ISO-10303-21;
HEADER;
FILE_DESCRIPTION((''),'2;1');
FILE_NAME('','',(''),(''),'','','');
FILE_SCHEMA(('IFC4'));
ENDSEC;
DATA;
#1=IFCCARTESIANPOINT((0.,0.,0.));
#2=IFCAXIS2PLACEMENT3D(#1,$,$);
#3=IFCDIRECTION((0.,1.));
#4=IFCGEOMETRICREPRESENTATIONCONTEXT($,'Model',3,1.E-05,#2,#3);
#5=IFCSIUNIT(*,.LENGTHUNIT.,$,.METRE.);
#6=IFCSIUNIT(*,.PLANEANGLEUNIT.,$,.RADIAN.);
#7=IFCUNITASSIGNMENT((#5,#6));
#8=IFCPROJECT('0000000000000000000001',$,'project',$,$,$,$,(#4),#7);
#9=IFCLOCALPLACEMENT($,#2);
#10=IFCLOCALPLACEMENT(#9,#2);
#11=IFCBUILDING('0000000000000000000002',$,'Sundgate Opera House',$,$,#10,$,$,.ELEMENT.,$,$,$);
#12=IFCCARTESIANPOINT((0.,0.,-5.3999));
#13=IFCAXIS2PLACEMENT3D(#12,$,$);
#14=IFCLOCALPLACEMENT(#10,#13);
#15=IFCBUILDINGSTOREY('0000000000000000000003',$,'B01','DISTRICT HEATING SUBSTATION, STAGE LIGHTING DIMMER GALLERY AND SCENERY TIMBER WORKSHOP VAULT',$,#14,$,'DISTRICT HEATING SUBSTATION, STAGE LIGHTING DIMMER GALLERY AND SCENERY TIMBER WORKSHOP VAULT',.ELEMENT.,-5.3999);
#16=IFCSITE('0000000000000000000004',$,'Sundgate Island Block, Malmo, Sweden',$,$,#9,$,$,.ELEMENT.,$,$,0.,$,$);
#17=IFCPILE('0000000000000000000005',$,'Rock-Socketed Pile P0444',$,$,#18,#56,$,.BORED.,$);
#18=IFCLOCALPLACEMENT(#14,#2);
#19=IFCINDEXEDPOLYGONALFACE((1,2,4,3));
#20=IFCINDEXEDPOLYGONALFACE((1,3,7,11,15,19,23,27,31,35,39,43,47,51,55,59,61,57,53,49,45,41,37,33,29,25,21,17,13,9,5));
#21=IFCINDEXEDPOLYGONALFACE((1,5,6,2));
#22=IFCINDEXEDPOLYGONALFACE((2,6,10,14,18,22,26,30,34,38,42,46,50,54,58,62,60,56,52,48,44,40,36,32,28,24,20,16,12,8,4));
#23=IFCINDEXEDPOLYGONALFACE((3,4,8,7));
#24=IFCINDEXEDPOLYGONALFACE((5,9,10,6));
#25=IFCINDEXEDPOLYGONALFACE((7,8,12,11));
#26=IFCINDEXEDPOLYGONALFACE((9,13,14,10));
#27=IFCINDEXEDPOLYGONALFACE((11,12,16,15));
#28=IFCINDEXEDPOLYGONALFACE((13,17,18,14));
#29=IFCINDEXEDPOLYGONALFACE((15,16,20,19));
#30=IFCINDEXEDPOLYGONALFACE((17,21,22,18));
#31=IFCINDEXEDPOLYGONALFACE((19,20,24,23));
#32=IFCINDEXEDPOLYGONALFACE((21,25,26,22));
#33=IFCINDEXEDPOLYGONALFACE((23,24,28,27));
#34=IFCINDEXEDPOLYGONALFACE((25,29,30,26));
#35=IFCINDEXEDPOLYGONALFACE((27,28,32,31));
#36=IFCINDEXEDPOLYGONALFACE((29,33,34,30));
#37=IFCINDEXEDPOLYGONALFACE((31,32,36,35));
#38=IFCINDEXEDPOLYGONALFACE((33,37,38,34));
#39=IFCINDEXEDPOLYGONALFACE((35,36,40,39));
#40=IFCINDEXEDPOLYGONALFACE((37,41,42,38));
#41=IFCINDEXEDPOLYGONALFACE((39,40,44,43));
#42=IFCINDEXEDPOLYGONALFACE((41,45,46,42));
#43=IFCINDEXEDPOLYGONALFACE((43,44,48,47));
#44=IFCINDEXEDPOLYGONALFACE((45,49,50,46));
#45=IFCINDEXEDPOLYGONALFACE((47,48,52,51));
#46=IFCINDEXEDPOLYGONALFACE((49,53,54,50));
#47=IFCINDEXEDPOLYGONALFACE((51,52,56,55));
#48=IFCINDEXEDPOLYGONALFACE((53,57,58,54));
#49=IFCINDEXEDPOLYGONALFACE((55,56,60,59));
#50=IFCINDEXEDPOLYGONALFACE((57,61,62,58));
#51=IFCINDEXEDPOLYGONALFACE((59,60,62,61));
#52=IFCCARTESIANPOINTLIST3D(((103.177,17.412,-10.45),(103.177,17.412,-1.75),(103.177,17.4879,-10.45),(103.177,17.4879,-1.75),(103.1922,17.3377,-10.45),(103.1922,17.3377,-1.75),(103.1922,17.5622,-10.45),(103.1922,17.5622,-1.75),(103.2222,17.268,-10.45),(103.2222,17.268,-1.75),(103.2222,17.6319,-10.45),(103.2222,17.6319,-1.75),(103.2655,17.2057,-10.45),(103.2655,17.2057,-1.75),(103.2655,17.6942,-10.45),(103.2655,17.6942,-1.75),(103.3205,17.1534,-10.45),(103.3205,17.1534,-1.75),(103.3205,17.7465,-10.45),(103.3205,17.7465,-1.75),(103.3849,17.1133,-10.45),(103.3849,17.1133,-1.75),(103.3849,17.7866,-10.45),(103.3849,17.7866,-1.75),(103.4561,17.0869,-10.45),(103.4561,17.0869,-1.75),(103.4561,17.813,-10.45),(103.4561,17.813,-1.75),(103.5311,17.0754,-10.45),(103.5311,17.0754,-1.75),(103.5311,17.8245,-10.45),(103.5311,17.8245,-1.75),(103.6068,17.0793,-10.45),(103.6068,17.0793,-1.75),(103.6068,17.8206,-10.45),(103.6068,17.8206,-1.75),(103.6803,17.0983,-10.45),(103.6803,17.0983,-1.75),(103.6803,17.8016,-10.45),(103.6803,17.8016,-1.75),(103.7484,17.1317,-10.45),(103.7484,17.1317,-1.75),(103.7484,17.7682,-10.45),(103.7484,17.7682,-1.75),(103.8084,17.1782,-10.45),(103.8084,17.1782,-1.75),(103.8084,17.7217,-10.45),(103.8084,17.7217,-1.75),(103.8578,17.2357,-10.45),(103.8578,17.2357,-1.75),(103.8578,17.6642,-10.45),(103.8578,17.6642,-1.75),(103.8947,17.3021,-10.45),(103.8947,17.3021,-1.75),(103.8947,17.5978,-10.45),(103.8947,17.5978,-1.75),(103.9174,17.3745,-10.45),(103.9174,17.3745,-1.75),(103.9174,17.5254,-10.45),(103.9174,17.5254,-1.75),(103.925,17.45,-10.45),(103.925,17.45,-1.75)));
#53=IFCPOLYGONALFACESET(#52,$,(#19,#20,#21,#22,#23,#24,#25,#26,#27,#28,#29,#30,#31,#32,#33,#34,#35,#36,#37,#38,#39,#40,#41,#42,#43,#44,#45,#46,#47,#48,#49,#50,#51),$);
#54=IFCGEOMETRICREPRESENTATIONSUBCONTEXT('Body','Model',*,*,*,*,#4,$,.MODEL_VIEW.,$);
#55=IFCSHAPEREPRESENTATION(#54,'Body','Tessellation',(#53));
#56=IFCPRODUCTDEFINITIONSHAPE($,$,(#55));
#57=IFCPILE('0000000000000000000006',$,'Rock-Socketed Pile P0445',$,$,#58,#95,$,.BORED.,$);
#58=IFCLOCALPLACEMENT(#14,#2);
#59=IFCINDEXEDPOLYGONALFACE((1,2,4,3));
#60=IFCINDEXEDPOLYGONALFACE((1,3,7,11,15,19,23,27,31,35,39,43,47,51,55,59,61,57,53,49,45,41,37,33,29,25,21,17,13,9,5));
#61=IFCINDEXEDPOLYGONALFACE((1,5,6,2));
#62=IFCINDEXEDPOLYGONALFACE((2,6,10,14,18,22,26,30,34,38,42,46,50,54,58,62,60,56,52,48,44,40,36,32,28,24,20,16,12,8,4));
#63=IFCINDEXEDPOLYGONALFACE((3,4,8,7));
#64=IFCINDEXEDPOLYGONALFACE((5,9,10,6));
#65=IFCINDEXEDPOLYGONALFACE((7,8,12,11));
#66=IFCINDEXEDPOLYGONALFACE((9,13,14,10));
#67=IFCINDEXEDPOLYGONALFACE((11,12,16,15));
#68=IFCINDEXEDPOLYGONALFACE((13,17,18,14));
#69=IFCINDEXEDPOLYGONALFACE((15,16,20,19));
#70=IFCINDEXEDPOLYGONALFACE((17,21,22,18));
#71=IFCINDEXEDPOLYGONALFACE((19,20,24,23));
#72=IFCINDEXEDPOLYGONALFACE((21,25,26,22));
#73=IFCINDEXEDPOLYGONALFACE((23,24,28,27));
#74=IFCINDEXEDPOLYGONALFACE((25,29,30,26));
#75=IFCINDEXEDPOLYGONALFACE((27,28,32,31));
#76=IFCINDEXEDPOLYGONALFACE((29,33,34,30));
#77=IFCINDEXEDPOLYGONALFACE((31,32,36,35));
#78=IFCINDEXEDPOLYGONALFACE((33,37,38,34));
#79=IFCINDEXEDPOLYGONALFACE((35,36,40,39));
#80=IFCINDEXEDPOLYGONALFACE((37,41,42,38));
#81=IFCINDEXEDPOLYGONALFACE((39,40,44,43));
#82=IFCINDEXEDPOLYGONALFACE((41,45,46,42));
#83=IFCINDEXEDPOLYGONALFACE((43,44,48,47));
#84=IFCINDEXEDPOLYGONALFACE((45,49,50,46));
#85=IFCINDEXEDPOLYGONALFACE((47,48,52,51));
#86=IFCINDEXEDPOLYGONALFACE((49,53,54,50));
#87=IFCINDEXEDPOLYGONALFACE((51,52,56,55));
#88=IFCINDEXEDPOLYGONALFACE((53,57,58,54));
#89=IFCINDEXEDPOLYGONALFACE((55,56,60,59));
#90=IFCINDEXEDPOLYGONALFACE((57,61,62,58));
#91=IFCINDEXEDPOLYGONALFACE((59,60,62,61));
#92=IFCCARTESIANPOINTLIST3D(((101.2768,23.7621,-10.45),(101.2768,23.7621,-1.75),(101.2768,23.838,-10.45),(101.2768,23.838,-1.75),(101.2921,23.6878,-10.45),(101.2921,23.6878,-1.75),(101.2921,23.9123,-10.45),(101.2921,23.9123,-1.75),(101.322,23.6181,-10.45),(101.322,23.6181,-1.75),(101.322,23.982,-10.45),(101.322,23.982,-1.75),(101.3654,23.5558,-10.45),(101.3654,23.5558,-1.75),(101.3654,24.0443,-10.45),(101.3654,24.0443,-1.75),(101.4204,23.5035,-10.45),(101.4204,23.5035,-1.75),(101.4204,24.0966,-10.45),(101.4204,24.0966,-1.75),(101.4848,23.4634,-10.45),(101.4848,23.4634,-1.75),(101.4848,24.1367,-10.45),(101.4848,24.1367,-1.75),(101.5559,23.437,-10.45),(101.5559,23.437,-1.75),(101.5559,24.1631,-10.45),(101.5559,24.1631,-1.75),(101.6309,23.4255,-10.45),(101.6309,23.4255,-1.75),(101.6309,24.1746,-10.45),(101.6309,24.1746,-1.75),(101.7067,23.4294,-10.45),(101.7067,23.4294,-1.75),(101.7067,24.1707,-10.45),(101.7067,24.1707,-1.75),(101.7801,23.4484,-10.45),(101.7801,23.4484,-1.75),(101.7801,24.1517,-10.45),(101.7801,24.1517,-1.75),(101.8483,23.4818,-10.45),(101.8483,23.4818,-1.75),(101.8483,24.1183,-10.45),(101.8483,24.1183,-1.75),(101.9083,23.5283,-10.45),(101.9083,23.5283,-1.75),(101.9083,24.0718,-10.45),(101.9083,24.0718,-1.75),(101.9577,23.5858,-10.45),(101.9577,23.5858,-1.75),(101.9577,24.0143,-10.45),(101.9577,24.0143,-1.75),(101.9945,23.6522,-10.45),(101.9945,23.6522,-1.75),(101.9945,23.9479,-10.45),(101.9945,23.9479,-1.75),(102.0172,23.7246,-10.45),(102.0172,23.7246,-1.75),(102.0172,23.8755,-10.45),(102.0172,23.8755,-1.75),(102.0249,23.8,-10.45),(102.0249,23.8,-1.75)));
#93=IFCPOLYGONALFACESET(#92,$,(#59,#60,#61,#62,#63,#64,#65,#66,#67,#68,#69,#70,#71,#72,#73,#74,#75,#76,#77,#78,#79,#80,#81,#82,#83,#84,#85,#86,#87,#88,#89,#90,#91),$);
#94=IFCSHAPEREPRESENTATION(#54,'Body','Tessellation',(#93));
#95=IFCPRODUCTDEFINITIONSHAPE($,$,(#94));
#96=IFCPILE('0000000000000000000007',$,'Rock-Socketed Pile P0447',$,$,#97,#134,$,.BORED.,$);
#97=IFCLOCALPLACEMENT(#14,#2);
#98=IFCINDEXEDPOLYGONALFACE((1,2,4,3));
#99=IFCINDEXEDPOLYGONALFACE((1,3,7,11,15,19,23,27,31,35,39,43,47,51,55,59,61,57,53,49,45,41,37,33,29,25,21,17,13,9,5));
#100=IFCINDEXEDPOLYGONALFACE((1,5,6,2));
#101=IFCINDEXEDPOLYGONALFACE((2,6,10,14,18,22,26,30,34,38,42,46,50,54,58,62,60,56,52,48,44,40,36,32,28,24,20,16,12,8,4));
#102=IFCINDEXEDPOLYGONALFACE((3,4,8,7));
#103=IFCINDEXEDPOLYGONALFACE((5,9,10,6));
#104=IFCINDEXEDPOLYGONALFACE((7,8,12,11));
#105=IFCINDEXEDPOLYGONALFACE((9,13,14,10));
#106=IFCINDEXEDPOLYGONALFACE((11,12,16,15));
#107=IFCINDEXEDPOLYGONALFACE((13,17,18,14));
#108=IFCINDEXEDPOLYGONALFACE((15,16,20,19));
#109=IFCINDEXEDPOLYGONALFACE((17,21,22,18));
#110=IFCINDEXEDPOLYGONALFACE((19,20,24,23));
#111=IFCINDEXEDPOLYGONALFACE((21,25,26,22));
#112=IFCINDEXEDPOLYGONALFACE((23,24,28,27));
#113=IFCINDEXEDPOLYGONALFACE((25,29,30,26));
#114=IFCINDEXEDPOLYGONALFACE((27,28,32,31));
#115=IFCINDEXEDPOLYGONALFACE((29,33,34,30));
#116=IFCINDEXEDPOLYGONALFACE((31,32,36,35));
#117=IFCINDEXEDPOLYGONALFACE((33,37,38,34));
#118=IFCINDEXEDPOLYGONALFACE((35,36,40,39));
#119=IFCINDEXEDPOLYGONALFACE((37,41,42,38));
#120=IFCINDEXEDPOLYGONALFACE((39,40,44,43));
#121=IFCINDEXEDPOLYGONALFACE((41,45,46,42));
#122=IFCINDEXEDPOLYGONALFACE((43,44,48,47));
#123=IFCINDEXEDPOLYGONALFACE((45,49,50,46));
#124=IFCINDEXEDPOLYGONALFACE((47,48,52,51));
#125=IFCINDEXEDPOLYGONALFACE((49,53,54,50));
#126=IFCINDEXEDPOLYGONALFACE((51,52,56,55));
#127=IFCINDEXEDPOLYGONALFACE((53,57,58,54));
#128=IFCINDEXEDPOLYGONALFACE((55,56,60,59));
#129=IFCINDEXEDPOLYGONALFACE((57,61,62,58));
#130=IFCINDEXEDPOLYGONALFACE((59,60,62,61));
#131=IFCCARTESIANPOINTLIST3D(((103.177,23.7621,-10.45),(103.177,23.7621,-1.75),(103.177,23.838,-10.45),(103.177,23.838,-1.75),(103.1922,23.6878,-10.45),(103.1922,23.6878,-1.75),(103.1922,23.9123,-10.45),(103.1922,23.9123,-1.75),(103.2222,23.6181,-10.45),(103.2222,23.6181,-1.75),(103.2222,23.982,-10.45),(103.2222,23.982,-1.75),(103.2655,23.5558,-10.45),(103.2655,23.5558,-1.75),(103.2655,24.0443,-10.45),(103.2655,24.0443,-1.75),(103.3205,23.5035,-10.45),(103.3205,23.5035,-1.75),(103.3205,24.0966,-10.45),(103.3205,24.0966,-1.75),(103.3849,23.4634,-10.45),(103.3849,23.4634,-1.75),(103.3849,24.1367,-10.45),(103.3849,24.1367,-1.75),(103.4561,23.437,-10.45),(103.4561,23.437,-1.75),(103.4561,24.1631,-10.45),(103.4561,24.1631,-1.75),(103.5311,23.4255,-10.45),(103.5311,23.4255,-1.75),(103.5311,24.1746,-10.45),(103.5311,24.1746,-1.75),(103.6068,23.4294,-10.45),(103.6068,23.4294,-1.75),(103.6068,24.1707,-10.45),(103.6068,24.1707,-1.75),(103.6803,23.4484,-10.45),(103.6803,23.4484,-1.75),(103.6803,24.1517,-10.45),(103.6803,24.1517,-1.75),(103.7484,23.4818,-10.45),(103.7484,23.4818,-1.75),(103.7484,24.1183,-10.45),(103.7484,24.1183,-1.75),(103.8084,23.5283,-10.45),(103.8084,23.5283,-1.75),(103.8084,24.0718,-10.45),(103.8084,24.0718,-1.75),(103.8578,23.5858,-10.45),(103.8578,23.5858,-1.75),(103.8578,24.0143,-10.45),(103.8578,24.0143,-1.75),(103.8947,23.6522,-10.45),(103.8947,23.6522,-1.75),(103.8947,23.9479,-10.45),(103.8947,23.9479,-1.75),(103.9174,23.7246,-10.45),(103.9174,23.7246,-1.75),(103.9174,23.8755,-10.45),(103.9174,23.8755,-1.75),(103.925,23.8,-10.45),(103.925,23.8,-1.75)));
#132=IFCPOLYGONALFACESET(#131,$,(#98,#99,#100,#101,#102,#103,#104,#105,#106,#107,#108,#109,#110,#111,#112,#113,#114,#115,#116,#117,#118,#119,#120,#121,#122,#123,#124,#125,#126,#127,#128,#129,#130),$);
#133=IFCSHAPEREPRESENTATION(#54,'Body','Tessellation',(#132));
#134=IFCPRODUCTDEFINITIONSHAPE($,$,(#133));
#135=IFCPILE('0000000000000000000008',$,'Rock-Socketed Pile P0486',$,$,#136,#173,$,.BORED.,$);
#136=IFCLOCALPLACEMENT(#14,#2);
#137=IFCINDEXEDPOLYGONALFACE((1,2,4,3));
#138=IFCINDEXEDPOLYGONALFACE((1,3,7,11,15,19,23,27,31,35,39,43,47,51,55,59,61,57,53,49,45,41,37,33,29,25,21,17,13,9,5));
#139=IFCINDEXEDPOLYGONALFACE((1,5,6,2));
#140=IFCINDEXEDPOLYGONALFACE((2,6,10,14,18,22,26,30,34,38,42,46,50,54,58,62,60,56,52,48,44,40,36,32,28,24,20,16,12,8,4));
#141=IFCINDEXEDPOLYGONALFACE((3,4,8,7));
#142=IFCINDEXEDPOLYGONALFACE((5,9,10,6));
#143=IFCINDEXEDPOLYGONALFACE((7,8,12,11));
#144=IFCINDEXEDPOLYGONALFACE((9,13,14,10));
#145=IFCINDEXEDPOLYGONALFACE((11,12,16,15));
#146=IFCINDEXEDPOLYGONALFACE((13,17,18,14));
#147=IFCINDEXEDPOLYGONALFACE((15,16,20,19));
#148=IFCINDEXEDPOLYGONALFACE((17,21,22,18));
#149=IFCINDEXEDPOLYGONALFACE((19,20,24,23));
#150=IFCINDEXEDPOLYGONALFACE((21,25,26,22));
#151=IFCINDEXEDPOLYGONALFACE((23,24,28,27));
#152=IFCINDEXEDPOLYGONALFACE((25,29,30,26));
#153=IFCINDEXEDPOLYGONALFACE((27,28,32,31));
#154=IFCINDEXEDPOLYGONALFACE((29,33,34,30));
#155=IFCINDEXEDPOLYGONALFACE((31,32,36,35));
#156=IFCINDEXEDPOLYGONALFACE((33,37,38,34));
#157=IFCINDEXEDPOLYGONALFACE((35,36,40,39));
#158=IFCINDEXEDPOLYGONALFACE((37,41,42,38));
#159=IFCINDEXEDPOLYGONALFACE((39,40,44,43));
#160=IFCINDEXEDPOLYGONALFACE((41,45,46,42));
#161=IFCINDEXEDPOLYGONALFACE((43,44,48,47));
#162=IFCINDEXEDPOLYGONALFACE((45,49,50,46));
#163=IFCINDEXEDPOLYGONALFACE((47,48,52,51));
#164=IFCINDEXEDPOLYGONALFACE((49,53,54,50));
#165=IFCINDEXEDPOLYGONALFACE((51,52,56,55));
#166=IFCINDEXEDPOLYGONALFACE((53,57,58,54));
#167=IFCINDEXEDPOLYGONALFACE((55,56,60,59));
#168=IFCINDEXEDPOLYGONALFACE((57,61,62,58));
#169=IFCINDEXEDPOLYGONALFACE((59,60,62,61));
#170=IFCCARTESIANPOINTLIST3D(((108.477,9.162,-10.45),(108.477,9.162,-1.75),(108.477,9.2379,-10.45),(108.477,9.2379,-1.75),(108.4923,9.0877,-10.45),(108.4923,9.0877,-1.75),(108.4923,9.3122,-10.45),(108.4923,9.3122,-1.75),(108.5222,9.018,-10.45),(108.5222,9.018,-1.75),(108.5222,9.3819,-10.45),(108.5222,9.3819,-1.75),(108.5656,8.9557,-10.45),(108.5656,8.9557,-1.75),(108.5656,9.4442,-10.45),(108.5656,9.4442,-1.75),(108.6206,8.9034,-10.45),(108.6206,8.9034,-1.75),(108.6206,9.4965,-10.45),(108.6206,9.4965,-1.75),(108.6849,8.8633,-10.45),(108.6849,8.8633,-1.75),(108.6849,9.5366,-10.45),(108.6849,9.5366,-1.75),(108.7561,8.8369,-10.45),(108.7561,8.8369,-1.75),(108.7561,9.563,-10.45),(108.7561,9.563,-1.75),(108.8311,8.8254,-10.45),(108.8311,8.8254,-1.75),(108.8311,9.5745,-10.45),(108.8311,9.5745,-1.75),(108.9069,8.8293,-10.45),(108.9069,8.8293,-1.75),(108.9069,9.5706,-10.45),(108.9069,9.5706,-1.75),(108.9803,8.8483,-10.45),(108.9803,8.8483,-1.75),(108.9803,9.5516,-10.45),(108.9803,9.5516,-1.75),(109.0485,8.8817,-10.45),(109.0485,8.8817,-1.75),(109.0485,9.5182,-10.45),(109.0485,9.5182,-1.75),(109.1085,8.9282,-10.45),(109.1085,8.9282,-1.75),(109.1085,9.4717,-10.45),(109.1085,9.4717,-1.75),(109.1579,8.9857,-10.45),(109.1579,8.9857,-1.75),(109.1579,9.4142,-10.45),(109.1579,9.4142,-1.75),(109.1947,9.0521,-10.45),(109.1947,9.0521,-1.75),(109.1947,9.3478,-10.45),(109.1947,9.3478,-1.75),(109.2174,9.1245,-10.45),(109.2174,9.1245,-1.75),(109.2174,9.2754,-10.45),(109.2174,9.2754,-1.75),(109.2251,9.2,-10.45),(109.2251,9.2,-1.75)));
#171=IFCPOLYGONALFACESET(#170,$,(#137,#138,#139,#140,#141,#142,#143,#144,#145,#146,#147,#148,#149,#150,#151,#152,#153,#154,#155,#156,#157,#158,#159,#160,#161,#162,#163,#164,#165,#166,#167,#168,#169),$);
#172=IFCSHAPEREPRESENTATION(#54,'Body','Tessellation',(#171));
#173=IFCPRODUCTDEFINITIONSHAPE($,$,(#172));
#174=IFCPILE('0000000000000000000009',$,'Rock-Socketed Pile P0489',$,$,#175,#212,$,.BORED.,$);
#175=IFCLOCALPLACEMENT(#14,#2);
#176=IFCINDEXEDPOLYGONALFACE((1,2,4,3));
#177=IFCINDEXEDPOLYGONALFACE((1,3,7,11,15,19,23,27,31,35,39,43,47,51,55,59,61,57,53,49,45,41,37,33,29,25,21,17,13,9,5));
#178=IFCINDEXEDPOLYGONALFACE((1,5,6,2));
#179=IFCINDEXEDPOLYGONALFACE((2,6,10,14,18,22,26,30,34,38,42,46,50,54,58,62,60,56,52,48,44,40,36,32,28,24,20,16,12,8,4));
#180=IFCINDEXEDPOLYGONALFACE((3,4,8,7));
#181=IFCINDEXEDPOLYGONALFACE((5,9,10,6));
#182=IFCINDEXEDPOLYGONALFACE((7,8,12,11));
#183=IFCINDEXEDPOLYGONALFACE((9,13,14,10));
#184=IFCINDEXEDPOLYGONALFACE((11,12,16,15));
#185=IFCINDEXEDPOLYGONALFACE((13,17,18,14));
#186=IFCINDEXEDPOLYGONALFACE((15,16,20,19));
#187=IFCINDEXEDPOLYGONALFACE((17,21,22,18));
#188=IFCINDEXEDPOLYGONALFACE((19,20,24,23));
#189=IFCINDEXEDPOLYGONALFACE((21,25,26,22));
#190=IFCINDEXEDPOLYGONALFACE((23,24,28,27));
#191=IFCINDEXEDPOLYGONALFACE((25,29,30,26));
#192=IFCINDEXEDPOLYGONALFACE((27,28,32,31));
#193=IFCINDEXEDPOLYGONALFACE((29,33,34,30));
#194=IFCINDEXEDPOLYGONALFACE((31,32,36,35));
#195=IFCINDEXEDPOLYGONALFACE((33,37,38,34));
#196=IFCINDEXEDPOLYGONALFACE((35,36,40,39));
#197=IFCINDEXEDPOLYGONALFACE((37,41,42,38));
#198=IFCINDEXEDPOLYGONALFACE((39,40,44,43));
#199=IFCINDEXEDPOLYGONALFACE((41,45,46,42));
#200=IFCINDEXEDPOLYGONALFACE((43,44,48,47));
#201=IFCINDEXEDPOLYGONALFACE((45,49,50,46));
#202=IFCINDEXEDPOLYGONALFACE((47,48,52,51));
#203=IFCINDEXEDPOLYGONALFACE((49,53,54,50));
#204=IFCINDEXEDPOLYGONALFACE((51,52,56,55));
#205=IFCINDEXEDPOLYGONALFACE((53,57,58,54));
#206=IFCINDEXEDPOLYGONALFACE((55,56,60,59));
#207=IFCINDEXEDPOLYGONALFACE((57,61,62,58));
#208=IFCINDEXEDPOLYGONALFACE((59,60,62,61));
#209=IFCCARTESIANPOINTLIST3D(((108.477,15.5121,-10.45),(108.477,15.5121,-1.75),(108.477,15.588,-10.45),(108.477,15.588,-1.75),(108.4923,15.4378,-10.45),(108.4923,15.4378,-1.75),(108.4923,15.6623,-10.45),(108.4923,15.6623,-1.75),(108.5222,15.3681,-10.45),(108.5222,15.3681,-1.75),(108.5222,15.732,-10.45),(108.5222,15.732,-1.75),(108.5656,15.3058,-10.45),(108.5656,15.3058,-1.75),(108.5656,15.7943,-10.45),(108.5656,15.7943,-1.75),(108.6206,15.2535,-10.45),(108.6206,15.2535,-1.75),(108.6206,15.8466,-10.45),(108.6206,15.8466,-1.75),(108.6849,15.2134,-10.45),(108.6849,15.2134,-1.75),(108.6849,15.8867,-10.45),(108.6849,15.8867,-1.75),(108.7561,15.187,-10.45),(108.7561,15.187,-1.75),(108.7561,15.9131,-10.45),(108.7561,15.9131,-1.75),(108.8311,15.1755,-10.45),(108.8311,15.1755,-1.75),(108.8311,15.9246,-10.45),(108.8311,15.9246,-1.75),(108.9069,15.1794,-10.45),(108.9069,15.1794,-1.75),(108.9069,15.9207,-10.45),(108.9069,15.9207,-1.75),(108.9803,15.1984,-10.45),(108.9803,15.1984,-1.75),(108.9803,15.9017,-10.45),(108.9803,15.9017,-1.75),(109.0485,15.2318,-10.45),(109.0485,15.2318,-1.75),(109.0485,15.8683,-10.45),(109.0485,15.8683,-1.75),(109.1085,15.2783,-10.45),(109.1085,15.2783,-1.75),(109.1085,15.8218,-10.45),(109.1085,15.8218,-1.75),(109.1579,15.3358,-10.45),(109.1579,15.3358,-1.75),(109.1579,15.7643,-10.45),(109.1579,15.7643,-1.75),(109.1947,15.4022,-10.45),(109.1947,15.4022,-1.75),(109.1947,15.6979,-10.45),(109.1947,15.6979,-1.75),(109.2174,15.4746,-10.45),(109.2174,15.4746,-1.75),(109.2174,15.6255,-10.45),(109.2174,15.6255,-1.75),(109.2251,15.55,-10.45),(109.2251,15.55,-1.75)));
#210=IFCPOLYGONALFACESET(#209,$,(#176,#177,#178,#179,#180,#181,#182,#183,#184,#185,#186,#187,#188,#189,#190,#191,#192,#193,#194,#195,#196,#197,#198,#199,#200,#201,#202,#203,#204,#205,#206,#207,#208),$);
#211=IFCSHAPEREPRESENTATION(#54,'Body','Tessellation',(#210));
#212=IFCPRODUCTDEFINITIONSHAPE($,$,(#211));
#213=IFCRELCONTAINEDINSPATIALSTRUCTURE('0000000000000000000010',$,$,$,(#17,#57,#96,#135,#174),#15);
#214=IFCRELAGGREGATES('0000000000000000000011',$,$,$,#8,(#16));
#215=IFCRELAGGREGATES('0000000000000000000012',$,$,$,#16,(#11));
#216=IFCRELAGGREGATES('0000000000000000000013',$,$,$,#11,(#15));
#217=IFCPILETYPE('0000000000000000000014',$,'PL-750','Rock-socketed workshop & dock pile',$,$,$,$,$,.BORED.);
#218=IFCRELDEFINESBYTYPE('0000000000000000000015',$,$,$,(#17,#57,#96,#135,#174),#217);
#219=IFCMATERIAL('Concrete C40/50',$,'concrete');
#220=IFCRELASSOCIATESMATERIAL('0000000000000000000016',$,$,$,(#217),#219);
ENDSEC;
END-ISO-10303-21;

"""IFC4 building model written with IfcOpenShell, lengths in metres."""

from ifc_helpers import new_model, si_unit, direction, frame, origin, origin_2d, place, context, subcontext, project, spatial, circle, extrude, material, material_profile, profile_set, type_object, element, save


model = new_model("IFC4")

# Units and contexts
model_context = context("Model", 3, precision=1e-05, world=origin(), true_north=direction((0.0, 1.0)))
body_context = subcontext(model_context, "Body", "Model", "MODEL_VIEW")
ifc_project = project(units=[si_unit("LENGTHUNIT", "METRE"), si_unit("PLANEANGLEUNIT", "RADIAN")], contexts=[model_context])

# Site, building, storey
site_placement = place(None, origin())
site = spatial("IfcSite", under=ifc_project, at=site_placement, Name="Sundgate Island Block, Malmo, Sweden", CompositionType="ELEMENT", RefElevation=0.0)
building_placement = place(site_placement, origin())
building = spatial("IfcBuilding", under=site, at=building_placement, Name="Sundgate Opera House", CompositionType="ELEMENT")
storey_placement = place(building_placement, frame((0.0, 0.0, -5.3999)))
storey = spatial("IfcBuildingStorey", under=building, at=storey_placement, Name="B01", Description="DISTRICT HEATING SUBSTATION, STAGE LIGHTING DIMMER GALLERY AND SCENERY TIMBER WORKSHOP VAULT", LongName="DISTRICT HEATING SUBSTATION, STAGE LIGHTING DIMMER GALLERY AND SCENERY TIMBER WORKSHOP VAULT", CompositionType="ELEMENT", Elevation=-5.3999)

# Piles
ifc_material_1 = material(Name="Concrete C40/50", Category="concrete")
ifc_material_profile_1 = material_profile(ifc_material_1, circle(Radius=0.375, at=origin_2d()), Name="PILE D750")
ifc_profile_set_1 = profile_set([ifc_material_profile_1], Name="Concrete C40/50")
pile_type = type_object("IfcPileType", Name="PL-750", Description="Rock-socketed workshop & dock pile", PredefinedType="BORED", material=ifc_profile_set_1)
for number, where, z_axis, x_axis, name in (
    (1, (103.55, 17.45, -1.75), (0.0, 0.0, -1.0), (1.0, 0.0, 0.0), "Rock-Socketed Pile P0444"),
    (2, (101.6499, 23.8, -1.75), (0.0, 0.0, -1.0), (1.0, 0.0, 0.0), "Rock-Socketed Pile P0445"),
    (3, (103.55, 23.8, -1.75), (0.0, 0.0, -1.0), (1.0, 0.0, 0.0), "Rock-Socketed Pile P0447"),
    (4, (108.8501, 9.2, -1.75), (0.0, 0.0, -1.0), (1.0, 0.0, 0.0), "Rock-Socketed Pile P0486"),
    (5, (108.8501, 15.55, -1.75), (0.0, 0.0, -1.0), (1.0, 0.0, 0.0), "Rock-Socketed Pile P0489"),
):
    element("IfcPile", number, at=place(storey_placement, frame(where, z_axis=z_axis, x_axis=x_axis)), inside=storey, type_object=pile_type, Name=name, PredefinedType="BORED", context=body_context, shape_type="SweptSolid", body=[
        extrude(circle(Radius=0.375, at=origin_2d()), origin(), (0.0, 0.0, 1.0), 8.7),
    ])

save(model, "model.ifc")
